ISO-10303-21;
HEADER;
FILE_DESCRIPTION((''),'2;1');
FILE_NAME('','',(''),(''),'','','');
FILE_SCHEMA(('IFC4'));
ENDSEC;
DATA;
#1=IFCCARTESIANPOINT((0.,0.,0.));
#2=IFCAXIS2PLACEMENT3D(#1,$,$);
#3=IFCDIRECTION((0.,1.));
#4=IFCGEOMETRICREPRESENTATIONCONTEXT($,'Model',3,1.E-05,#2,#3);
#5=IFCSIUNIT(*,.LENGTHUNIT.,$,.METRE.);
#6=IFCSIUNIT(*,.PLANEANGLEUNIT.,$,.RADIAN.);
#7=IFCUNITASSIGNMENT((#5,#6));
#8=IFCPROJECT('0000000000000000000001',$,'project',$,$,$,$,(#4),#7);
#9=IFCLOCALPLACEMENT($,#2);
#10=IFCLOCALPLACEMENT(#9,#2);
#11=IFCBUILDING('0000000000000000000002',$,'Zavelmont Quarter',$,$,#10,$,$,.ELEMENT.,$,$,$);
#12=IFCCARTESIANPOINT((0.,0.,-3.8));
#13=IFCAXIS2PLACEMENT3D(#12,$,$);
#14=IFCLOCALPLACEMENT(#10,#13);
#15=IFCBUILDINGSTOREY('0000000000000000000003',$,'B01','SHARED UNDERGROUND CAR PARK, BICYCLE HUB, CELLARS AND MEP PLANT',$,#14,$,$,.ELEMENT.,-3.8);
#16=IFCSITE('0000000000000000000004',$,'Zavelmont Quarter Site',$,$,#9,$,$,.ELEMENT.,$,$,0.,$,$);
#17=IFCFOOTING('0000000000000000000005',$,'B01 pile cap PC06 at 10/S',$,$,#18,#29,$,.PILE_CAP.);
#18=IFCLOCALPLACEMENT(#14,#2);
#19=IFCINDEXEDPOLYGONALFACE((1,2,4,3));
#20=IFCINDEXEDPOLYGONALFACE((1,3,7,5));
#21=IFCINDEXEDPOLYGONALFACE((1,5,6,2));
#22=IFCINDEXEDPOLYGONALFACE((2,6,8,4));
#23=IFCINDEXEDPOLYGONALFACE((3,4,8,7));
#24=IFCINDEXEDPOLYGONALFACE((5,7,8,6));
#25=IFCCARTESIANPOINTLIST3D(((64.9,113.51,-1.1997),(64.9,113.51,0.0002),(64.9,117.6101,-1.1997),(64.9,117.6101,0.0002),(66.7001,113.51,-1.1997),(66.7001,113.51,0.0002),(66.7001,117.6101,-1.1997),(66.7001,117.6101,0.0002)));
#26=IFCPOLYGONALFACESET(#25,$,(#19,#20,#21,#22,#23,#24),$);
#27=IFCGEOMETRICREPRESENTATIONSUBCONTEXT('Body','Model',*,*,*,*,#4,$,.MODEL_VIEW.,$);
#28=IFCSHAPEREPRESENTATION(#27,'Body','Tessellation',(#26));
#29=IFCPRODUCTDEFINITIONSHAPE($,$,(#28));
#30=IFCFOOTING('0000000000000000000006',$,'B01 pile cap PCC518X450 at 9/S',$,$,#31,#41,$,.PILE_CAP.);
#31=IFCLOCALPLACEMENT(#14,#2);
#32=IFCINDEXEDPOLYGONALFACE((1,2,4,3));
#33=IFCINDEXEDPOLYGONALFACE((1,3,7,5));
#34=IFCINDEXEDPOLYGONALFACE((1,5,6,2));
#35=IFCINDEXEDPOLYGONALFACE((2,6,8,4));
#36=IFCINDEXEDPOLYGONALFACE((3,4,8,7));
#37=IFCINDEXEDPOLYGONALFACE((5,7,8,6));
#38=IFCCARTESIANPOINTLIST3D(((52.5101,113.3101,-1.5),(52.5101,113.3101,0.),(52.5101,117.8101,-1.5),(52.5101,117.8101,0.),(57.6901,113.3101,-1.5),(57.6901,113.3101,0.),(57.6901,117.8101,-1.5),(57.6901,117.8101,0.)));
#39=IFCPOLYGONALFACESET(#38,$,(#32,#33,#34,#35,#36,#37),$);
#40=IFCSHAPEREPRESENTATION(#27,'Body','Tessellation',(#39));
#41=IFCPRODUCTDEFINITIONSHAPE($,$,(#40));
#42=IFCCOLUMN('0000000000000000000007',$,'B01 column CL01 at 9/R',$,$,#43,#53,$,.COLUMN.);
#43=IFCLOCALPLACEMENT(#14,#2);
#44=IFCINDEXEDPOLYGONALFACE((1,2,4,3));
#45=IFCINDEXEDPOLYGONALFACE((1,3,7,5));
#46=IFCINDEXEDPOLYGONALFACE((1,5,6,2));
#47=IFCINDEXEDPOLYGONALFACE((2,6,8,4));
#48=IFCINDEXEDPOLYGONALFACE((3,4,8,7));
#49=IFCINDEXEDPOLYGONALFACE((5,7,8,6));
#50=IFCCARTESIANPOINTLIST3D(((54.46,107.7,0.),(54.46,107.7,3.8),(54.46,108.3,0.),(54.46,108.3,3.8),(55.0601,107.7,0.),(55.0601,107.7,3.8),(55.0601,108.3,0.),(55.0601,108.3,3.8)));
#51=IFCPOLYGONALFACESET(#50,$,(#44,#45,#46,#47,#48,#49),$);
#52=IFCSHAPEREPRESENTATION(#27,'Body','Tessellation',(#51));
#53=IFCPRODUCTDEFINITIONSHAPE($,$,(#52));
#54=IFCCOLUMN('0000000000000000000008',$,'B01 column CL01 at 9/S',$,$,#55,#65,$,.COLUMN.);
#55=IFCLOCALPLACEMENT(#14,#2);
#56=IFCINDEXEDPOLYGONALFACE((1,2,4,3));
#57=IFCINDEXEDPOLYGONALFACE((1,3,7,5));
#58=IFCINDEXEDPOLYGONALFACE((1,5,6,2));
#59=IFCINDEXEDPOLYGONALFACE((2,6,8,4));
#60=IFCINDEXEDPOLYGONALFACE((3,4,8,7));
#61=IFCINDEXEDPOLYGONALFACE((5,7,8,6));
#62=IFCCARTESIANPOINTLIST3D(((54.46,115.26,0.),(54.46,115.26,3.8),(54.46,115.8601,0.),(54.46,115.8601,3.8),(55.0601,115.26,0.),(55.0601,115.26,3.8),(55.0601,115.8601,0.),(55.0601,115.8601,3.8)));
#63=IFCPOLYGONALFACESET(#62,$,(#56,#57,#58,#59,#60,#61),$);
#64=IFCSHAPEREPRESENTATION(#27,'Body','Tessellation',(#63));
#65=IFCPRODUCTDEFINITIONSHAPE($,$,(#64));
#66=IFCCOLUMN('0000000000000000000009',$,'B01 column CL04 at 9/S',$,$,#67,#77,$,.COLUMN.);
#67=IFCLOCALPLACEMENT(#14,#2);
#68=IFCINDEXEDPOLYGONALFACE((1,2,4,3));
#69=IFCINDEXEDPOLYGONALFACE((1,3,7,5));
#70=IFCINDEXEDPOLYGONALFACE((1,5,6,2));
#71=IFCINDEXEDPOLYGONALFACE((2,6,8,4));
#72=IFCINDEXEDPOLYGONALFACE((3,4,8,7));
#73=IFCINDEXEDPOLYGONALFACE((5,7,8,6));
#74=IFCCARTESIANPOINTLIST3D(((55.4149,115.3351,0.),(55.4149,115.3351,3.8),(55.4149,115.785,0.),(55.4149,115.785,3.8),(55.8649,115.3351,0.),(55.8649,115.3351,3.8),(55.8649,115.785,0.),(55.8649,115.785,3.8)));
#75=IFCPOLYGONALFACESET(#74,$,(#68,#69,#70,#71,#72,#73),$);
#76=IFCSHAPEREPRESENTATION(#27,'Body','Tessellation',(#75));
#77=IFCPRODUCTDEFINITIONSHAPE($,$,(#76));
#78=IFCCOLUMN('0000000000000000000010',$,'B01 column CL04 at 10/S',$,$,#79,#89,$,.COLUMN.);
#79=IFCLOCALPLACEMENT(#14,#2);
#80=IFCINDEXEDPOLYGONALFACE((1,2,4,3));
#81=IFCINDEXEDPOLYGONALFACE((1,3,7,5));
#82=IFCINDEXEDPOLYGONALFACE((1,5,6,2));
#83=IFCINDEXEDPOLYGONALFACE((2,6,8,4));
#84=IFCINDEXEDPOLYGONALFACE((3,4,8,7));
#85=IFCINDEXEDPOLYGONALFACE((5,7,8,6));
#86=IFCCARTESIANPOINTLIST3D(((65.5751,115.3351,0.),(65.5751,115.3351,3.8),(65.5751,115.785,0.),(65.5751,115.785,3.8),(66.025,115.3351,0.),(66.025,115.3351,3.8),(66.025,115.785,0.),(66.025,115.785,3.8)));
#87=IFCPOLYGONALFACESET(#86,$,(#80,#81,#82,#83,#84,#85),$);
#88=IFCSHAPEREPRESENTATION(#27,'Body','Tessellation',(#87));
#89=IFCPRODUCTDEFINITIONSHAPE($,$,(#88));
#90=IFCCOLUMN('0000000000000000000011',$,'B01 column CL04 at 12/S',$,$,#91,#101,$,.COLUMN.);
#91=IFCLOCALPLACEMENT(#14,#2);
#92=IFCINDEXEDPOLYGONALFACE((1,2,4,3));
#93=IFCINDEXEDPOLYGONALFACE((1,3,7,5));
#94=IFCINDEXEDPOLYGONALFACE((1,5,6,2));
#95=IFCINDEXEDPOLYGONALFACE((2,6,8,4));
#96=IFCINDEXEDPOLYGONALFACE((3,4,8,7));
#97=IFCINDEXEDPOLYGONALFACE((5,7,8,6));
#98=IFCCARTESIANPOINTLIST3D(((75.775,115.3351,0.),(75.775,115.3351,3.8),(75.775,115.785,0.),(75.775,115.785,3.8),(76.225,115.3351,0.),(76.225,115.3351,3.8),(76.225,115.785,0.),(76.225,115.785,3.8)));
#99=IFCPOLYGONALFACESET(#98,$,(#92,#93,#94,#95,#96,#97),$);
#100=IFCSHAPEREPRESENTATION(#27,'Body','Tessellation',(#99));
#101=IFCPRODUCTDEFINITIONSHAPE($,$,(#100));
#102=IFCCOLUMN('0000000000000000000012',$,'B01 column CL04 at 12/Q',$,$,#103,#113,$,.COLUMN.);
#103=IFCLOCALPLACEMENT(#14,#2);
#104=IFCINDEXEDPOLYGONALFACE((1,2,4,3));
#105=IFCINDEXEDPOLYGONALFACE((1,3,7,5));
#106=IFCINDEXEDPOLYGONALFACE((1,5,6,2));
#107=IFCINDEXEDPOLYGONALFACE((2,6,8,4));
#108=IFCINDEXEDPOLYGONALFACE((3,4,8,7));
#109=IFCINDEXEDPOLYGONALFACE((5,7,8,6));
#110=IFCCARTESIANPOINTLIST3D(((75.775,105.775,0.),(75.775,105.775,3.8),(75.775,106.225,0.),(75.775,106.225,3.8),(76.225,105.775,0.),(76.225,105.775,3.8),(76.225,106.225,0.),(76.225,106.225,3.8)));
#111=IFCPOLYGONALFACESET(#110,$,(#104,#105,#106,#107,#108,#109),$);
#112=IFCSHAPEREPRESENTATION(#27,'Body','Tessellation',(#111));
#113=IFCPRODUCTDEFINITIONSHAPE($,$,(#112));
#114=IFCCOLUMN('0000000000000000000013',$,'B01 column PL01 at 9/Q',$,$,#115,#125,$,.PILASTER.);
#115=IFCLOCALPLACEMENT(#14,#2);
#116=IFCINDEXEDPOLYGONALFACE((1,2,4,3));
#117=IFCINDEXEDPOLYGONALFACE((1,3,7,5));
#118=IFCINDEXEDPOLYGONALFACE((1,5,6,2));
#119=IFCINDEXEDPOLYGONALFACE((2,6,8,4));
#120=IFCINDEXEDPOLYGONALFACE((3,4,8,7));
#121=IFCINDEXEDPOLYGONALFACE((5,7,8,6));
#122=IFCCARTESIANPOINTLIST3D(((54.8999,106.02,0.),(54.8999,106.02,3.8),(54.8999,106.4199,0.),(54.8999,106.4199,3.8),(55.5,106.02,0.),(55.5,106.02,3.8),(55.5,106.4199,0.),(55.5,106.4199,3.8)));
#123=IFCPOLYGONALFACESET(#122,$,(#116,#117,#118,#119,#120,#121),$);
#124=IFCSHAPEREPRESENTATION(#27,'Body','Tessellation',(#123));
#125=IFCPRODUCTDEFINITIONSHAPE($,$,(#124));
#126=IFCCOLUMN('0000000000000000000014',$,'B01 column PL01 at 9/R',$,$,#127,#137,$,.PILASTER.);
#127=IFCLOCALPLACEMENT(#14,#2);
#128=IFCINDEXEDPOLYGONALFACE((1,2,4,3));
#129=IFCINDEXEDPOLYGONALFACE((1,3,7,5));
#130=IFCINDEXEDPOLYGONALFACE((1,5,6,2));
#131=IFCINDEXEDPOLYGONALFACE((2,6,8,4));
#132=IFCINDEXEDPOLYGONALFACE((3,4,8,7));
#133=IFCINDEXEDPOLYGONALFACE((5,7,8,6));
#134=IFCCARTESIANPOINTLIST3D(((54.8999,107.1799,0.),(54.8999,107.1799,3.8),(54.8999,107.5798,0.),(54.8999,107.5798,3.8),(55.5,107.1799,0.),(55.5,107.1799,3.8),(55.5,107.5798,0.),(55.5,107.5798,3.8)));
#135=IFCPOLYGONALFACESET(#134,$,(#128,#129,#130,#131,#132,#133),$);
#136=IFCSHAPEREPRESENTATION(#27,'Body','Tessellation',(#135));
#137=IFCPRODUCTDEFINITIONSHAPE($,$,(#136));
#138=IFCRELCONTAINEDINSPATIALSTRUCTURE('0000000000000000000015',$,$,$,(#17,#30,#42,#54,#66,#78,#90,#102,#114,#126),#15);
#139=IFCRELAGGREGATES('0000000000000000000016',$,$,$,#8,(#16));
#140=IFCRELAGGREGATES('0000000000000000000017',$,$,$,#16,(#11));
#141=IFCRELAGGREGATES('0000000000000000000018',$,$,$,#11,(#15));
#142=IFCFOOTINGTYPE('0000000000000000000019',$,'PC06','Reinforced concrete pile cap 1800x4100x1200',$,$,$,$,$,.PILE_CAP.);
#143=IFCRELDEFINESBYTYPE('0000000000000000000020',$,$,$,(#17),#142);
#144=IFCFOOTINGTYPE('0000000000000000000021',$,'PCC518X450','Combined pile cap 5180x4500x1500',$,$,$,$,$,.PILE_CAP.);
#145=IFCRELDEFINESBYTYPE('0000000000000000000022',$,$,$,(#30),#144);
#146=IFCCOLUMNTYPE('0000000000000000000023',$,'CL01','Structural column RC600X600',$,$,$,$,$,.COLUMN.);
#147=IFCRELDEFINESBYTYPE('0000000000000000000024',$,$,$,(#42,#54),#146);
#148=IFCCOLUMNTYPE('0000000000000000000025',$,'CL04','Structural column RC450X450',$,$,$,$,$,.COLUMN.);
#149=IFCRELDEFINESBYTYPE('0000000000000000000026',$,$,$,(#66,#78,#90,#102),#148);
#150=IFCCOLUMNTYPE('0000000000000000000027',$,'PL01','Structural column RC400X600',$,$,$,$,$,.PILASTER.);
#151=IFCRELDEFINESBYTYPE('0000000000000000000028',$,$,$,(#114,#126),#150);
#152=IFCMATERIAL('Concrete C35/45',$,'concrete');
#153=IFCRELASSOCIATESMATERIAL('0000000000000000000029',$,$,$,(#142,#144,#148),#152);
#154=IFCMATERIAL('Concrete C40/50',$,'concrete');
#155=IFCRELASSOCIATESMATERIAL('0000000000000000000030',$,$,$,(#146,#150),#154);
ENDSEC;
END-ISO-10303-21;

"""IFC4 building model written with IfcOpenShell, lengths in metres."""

from ifc_helpers import new_model, si_unit, direction, frame, origin, origin_2d, place, context, subcontext, project, spatial, rectangle, extrude, material, material_profile, profile_set, type_object, element, save


model = new_model("IFC4")

# Units and contexts
model_context = context("Model", 3, precision=1e-05, world=origin(), true_north=direction((0.0, 1.0)))
body_context = subcontext(model_context, "Body", "Model", "MODEL_VIEW")
ifc_project = project(units=[si_unit("LENGTHUNIT", "METRE"), si_unit("PLANEANGLEUNIT", "RADIAN")], contexts=[model_context])

# Site, building, storey
site_placement = place(None, origin())
site = spatial("IfcSite", under=ifc_project, at=site_placement, Name="Zavelmont Quarter Site", CompositionType="ELEMENT", RefElevation=0.0)
building_placement = place(site_placement, origin())
building = spatial("IfcBuilding", under=site, at=building_placement, Name="Zavelmont Quarter", CompositionType="ELEMENT")
storey_placement = place(building_placement, frame((0.0, 0.0, -3.8)))
storey = spatial("IfcBuildingStorey", under=building, at=storey_placement, Name="B01", Description="SHARED UNDERGROUND CAR PARK, BICYCLE HUB, CELLARS AND MEP PLANT", CompositionType="ELEMENT", Elevation=-3.8)

# Shared definitions
ifc_material_1 = material(Name="Concrete C35/45", Category="concrete")

# Footings
footing_type_1 = type_object("IfcFootingType", Name="PC06", Description="Reinforced concrete pile cap 1800x4100x1200", PredefinedType="PILE_CAP", material=ifc_material_1)
footing_1_placement = place(storey_placement, frame((65.8, 115.5601, -1.1997), z_axis=(0.0, 0.0, 1.0), x_axis=(1.0, 0.0, 0.0)))
element("IfcFooting", 1, at=footing_1_placement, inside=storey, type_object=footing_type_1, Name="B01 pile cap PC06 at 10/S", PredefinedType="PILE_CAP", context=body_context, shape_type="SweptSolid", body=[
    extrude(rectangle(XDim=1.8, YDim=4.1001, at=origin_2d()), origin(), (0.0, 0.0, 1.0), 1.2),
])
footing_type_2 = type_object("IfcFootingType", Name="PCC518X450", Description="Combined pile cap 5180x4500x1500", PredefinedType="PILE_CAP", material=ifc_material_1)
footing_2_placement = place(storey_placement, frame((55.1001, 115.5601, -1.5), z_axis=(0.0, 0.0, 1.0), x_axis=(1.0, 0.0, 0.0)))
element("IfcFooting", 2, at=footing_2_placement, inside=storey, type_object=footing_type_2, Name="B01 pile cap PCC518X450 at 9/S", PredefinedType="PILE_CAP", context=body_context, shape_type="SweptSolid", body=[
    extrude(rectangle(XDim=5.1799, YDim=4.5, at=origin_2d()), origin(), (0.0, 0.0, 1.0), 1.5),
])

# Columns
ifc_material_2 = material(Name="Concrete C40/50", Category="concrete")
ifc_material_profile_1 = material_profile(ifc_material_2, rectangle(XDim=0.6001, YDim=0.6001, at=origin_2d()), Name="RC600X600")
ifc_profile_set_1 = profile_set([ifc_material_profile_1], Name="Concrete C40/50")
column_type_1 = type_object("IfcColumnType", Name="CL01", Description="Structural column RC600X600", PredefinedType="COLUMN", material=ifc_profile_set_1)
for number, where, z_axis, x_axis, name in (
    (3, (54.76, 108.0, 0.0), (0.0, 0.0, 1.0), (1.0, 0.0, 0.0), "B01 column CL01 at 9/R"),
    (4, (54.76, 115.5601, 0.0), (0.0, 0.0, 1.0), (1.0, 0.0, 0.0), "B01 column CL01 at 9/S"),
):
    element("IfcColumn", number, at=place(storey_placement, frame(where, z_axis=z_axis, x_axis=x_axis)), inside=storey, type_object=column_type_1, Name=name, PredefinedType="COLUMN", context=body_context, shape_type="SweptSolid", body=[
        extrude(rectangle(XDim=0.6001, YDim=0.6001, at=origin_2d()), origin(), (0.0, 0.0, 1.0), 3.8),
    ])
ifc_material_profile_2 = material_profile(ifc_material_1, rectangle(XDim=0.45, YDim=0.45, at=origin_2d()), Name="RC450X450")
ifc_profile_set_2 = profile_set([ifc_material_profile_2], Name="Concrete C35/45")
column_type_2 = type_object("IfcColumnType", Name="CL04", Description="Structural column RC450X450", PredefinedType="COLUMN", material=ifc_profile_set_2)
for number, where, z_axis, x_axis, name in (
    (5, (55.6399, 115.5601, 0.0), (0.0, 0.0, 1.0), (1.0, 0.0, 0.0), "B01 column CL04 at 9/S"),
    (6, (65.8, 115.5601, 0.0), (0.0, 0.0, 1.0), (1.0, 0.0, 0.0), "B01 column CL04 at 10/S"),
    (7, (76.0, 115.5601, 0.0), (0.0, 0.0, 1.0), (1.0, 0.0, 0.0), "B01 column CL04 at 12/S"),
    (8, (76.0, 106.0, 0.0), (0.0, 0.0, 1.0), (1.0, 0.0, 0.0), "B01 column CL04 at 12/Q"),
):
    element("IfcColumn", number, at=place(storey_placement, frame(where, z_axis=z_axis, x_axis=x_axis)), inside=storey, type_object=column_type_2, Name=name, PredefinedType="COLUMN", context=body_context, shape_type="SweptSolid", body=[
        extrude(rectangle(XDim=0.45, YDim=0.45, at=origin_2d()), origin(), (0.0, 0.0, 1.0), 3.8),
    ])
ifc_material_profile_3 = material_profile(ifc_material_2, rectangle(XDim=0.3999, YDim=0.6001, at=origin_2d()), Name="RC400X600")
ifc_profile_set_3 = profile_set([ifc_material_profile_3], Name="Concrete C40/50")
column_type_3 = type_object("IfcColumnType", Name="PL01", Description="Structural column RC400X600", PredefinedType="PILASTER", material=ifc_profile_set_3)
for number, where, z_axis, x_axis, name in (
    (9, (55.2, 106.22, 0.0), (0.0, 0.0, 1.0), (0.0, 1.0, 0.0), "B01 column PL01 at 9/Q"),
    (10, (55.2, 107.3799, 0.0), (0.0, 0.0, 1.0), (0.0, 1.0, 0.0), "B01 column PL01 at 9/R"),
):
    element("IfcColumn", number, at=place(storey_placement, frame(where, z_axis=z_axis, x_axis=x_axis)), inside=storey, type_object=column_type_3, Name=name, PredefinedType="PILASTER", context=body_context, shape_type="SweptSolid", body=[
        extrude(rectangle(XDim=0.3999, YDim=0.6001, at=origin_2d()), origin(), (0.0, 0.0, 1.0), 3.8),
    ])

save(model, "model.ifc")
